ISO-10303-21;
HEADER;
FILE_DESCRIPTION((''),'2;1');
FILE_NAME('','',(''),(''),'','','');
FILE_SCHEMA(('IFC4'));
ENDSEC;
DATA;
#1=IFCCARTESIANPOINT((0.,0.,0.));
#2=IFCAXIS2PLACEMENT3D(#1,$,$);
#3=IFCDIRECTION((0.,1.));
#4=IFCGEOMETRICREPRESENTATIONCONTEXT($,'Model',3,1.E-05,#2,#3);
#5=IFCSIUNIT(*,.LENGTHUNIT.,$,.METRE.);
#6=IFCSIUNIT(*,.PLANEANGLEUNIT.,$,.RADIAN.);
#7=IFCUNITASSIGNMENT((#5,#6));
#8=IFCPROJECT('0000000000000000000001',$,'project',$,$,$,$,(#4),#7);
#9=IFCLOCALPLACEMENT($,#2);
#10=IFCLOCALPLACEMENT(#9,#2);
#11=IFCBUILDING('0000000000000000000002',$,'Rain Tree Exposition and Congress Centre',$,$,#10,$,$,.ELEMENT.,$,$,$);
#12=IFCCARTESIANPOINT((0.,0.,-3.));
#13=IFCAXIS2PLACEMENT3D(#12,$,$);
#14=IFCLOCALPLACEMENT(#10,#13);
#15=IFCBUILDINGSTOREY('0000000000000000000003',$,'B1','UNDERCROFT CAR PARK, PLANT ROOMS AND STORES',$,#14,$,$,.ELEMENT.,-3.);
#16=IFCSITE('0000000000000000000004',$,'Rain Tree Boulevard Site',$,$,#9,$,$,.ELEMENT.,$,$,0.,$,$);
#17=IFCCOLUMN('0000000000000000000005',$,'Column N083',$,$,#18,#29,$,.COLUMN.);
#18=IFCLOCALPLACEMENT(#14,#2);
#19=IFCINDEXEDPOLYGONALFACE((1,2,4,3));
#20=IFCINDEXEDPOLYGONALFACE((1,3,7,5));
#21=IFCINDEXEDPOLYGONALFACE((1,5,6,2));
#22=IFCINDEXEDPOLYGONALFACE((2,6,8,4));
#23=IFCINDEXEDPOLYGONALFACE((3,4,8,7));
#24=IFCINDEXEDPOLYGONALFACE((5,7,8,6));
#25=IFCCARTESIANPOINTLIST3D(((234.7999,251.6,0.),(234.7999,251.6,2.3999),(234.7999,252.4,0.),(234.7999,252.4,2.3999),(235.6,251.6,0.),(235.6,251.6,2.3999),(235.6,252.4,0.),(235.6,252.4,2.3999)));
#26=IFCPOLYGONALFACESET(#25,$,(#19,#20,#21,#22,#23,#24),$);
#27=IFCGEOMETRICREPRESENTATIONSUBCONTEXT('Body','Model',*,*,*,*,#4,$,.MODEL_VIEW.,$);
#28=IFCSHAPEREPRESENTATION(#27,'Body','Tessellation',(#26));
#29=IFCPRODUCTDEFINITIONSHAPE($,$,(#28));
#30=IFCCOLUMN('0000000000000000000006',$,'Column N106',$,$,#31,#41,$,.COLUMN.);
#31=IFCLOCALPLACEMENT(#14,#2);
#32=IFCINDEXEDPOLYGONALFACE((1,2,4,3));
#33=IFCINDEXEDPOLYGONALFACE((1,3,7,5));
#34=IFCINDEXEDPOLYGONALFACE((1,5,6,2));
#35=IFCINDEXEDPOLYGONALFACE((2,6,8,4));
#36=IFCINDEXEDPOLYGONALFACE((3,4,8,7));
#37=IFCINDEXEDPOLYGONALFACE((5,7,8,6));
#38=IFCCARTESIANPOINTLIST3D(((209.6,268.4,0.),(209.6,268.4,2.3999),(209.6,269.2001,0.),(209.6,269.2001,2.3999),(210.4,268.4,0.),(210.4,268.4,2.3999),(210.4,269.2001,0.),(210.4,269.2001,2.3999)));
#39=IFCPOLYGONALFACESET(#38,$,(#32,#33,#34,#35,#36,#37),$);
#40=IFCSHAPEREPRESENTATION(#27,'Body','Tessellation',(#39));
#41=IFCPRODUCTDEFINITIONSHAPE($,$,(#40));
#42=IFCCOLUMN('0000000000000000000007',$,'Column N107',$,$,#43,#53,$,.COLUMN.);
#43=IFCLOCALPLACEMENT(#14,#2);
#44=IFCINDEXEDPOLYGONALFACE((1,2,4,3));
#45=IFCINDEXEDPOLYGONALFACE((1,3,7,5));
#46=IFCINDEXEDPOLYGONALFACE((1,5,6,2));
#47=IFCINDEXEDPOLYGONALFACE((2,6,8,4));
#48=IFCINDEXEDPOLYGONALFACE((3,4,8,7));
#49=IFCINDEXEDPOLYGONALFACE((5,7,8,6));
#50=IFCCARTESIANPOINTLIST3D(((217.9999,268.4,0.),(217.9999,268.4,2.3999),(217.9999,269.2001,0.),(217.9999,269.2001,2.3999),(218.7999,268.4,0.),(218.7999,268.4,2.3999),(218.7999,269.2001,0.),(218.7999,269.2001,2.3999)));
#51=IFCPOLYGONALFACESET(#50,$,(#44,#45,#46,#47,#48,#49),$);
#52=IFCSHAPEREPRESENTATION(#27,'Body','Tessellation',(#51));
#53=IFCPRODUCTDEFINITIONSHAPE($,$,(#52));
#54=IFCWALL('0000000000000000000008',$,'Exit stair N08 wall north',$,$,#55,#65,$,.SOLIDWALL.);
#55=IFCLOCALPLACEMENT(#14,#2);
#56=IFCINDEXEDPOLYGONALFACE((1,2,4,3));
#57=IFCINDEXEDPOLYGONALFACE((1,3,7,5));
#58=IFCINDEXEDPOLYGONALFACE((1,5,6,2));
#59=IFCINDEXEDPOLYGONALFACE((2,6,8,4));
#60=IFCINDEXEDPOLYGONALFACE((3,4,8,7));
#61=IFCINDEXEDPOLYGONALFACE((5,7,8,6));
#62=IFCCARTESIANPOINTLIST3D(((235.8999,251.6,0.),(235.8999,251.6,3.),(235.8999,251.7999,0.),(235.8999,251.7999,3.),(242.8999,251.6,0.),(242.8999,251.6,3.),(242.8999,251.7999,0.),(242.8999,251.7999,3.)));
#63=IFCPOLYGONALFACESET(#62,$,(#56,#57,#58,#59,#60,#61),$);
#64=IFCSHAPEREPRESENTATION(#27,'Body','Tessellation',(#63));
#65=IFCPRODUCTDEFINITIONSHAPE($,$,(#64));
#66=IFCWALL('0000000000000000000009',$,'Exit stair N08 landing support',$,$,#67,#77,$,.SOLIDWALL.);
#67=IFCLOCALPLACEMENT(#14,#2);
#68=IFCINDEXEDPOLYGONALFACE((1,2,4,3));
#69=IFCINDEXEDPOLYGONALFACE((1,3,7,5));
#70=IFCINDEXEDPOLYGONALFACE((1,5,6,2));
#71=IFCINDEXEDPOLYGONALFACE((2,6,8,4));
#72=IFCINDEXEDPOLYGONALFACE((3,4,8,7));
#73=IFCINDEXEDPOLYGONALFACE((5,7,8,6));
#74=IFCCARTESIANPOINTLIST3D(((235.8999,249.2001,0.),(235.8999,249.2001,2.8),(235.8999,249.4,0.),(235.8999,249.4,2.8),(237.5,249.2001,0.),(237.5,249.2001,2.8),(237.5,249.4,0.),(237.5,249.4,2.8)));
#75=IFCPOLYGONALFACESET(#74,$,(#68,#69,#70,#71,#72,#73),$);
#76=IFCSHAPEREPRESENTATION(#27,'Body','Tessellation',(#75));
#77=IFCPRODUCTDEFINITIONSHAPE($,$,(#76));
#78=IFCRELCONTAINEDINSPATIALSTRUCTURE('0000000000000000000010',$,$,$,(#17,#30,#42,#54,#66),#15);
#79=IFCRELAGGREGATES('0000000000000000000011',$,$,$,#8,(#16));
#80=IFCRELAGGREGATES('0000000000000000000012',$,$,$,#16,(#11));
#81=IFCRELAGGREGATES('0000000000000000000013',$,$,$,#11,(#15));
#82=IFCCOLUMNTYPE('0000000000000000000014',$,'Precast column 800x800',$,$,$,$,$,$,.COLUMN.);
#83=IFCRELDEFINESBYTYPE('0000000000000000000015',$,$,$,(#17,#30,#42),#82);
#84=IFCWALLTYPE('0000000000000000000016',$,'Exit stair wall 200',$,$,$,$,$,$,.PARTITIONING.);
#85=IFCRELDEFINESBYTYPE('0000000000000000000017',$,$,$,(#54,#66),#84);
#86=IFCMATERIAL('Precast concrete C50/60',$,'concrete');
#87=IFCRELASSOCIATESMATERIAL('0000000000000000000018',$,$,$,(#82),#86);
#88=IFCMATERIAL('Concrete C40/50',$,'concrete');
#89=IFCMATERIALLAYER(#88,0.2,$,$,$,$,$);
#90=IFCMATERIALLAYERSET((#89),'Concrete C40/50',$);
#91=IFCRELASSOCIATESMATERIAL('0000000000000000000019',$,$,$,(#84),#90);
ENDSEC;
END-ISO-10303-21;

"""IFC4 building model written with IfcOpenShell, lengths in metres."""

from ifc_helpers import new_model, si_unit, direction, frame, frame_2d, origin, origin_2d, place, context, subcontext, project, spatial, rectangle, extrude, material, layer, layer_set, material_profile, profile_set, type_object, element, save


model = new_model("IFC4")

# Units and contexts
model_context = context("Model", 3, precision=1e-05, world=origin(), true_north=direction((0.0, 1.0)))
body_context = subcontext(model_context, "Body", "Model", "MODEL_VIEW")
ifc_project = project(units=[si_unit("LENGTHUNIT", "METRE"), si_unit("PLANEANGLEUNIT", "RADIAN")], contexts=[model_context])

# Site, building, storey
site_placement = place(None, origin())
site = spatial("IfcSite", under=ifc_project, at=site_placement, Name="Rain Tree Boulevard Site", CompositionType="ELEMENT", RefElevation=0.0)
building_placement = place(site_placement, origin())
building = spatial("IfcBuilding", under=site, at=building_placement, Name="Rain Tree Exposition and Congress Centre", CompositionType="ELEMENT")
storey_placement = place(building_placement, frame((0.0, 0.0, -3.0)))
storey = spatial("IfcBuildingStorey", under=building, at=storey_placement, Name="B1", Description="UNDERCROFT CAR PARK, PLANT ROOMS AND STORES", CompositionType="ELEMENT", Elevation=-3.0)

# Columns
ifc_material_1 = material(Name="Precast concrete C50/60", Category="concrete")
ifc_material_profile_1 = material_profile(ifc_material_1, rectangle(XDim=0.8, YDim=0.8, at=origin_2d()), Name="RC 800x800")
ifc_profile_set_1 = profile_set([ifc_material_profile_1], Name="Precast concrete C50/60")
column_type = type_object("IfcColumnType", Name="Precast column 800x800", PredefinedType="COLUMN", material=ifc_profile_set_1)
for number, where, z_axis, x_axis, name in (
    (1, (235.2, 252.0, 0.0), (0.0, 0.0, 1.0), (1.0, 0.0, 0.0), "Column N083"),
    (2, (210.0, 268.8, 0.0), (0.0, 0.0, 1.0), (1.0, 0.0, 0.0), "Column N106"),
    (3, (218.3999, 268.8, 0.0), (0.0, 0.0, 1.0), (1.0, 0.0, 0.0), "Column N107"),
):
    element("IfcColumn", number, at=place(storey_placement, frame(where, z_axis=z_axis, x_axis=x_axis)), inside=storey, type_object=column_type, Name=name, PredefinedType="COLUMN", context=body_context, shape_type="SweptSolid", body=[
        extrude(rectangle(XDim=0.8, YDim=0.8, at=origin_2d()), origin(), (0.0, 0.0, 1.0), 2.3999),
    ])

# Walls
ifc_material_2 = material(Name="Concrete C40/50", Category="concrete")
ifc_layer = layer(ifc_material_2, 0.2)
ifc_layer_set = layer_set([ifc_layer], Name="Concrete C40/50")
wall_type = type_object("IfcWallType", Name="Exit stair wall 200", PredefinedType="PARTITIONING", material=ifc_layer_set)
wall_1_placement = place(storey_placement, frame((235.8999, 251.7, 0.0), z_axis=(0.0, 0.0, 1.0), x_axis=(1.0, 0.0, 0.0)))
element("IfcWall", 4, at=wall_1_placement, inside=storey, type_object=wall_type, Name="Exit stair N08 wall north", PredefinedType="SOLIDWALL", context=body_context, shape_type="SweptSolid", body=[
    extrude(rectangle(XDim=7.0, YDim=0.2, at=frame_2d((3.5, 0.0))), origin(), (0.0, 0.0, 1.0), 3.0),
])
wall_2_placement = place(storey_placement, frame((235.8999, 249.3, 0.0), z_axis=(0.0, 0.0, 1.0), x_axis=(1.0, 0.0, 0.0)))
element("IfcWall", 5, at=wall_2_placement, inside=storey, type_object=wall_type, Name="Exit stair N08 landing support", PredefinedType="SOLIDWALL", context=body_context, shape_type="SweptSolid", body=[
    extrude(rectangle(XDim=1.6001, YDim=0.2, at=frame_2d((0.8, 0.0))), origin(), (0.0, 0.0, 1.0), 2.8),
])

save(model, "model.ifc")
